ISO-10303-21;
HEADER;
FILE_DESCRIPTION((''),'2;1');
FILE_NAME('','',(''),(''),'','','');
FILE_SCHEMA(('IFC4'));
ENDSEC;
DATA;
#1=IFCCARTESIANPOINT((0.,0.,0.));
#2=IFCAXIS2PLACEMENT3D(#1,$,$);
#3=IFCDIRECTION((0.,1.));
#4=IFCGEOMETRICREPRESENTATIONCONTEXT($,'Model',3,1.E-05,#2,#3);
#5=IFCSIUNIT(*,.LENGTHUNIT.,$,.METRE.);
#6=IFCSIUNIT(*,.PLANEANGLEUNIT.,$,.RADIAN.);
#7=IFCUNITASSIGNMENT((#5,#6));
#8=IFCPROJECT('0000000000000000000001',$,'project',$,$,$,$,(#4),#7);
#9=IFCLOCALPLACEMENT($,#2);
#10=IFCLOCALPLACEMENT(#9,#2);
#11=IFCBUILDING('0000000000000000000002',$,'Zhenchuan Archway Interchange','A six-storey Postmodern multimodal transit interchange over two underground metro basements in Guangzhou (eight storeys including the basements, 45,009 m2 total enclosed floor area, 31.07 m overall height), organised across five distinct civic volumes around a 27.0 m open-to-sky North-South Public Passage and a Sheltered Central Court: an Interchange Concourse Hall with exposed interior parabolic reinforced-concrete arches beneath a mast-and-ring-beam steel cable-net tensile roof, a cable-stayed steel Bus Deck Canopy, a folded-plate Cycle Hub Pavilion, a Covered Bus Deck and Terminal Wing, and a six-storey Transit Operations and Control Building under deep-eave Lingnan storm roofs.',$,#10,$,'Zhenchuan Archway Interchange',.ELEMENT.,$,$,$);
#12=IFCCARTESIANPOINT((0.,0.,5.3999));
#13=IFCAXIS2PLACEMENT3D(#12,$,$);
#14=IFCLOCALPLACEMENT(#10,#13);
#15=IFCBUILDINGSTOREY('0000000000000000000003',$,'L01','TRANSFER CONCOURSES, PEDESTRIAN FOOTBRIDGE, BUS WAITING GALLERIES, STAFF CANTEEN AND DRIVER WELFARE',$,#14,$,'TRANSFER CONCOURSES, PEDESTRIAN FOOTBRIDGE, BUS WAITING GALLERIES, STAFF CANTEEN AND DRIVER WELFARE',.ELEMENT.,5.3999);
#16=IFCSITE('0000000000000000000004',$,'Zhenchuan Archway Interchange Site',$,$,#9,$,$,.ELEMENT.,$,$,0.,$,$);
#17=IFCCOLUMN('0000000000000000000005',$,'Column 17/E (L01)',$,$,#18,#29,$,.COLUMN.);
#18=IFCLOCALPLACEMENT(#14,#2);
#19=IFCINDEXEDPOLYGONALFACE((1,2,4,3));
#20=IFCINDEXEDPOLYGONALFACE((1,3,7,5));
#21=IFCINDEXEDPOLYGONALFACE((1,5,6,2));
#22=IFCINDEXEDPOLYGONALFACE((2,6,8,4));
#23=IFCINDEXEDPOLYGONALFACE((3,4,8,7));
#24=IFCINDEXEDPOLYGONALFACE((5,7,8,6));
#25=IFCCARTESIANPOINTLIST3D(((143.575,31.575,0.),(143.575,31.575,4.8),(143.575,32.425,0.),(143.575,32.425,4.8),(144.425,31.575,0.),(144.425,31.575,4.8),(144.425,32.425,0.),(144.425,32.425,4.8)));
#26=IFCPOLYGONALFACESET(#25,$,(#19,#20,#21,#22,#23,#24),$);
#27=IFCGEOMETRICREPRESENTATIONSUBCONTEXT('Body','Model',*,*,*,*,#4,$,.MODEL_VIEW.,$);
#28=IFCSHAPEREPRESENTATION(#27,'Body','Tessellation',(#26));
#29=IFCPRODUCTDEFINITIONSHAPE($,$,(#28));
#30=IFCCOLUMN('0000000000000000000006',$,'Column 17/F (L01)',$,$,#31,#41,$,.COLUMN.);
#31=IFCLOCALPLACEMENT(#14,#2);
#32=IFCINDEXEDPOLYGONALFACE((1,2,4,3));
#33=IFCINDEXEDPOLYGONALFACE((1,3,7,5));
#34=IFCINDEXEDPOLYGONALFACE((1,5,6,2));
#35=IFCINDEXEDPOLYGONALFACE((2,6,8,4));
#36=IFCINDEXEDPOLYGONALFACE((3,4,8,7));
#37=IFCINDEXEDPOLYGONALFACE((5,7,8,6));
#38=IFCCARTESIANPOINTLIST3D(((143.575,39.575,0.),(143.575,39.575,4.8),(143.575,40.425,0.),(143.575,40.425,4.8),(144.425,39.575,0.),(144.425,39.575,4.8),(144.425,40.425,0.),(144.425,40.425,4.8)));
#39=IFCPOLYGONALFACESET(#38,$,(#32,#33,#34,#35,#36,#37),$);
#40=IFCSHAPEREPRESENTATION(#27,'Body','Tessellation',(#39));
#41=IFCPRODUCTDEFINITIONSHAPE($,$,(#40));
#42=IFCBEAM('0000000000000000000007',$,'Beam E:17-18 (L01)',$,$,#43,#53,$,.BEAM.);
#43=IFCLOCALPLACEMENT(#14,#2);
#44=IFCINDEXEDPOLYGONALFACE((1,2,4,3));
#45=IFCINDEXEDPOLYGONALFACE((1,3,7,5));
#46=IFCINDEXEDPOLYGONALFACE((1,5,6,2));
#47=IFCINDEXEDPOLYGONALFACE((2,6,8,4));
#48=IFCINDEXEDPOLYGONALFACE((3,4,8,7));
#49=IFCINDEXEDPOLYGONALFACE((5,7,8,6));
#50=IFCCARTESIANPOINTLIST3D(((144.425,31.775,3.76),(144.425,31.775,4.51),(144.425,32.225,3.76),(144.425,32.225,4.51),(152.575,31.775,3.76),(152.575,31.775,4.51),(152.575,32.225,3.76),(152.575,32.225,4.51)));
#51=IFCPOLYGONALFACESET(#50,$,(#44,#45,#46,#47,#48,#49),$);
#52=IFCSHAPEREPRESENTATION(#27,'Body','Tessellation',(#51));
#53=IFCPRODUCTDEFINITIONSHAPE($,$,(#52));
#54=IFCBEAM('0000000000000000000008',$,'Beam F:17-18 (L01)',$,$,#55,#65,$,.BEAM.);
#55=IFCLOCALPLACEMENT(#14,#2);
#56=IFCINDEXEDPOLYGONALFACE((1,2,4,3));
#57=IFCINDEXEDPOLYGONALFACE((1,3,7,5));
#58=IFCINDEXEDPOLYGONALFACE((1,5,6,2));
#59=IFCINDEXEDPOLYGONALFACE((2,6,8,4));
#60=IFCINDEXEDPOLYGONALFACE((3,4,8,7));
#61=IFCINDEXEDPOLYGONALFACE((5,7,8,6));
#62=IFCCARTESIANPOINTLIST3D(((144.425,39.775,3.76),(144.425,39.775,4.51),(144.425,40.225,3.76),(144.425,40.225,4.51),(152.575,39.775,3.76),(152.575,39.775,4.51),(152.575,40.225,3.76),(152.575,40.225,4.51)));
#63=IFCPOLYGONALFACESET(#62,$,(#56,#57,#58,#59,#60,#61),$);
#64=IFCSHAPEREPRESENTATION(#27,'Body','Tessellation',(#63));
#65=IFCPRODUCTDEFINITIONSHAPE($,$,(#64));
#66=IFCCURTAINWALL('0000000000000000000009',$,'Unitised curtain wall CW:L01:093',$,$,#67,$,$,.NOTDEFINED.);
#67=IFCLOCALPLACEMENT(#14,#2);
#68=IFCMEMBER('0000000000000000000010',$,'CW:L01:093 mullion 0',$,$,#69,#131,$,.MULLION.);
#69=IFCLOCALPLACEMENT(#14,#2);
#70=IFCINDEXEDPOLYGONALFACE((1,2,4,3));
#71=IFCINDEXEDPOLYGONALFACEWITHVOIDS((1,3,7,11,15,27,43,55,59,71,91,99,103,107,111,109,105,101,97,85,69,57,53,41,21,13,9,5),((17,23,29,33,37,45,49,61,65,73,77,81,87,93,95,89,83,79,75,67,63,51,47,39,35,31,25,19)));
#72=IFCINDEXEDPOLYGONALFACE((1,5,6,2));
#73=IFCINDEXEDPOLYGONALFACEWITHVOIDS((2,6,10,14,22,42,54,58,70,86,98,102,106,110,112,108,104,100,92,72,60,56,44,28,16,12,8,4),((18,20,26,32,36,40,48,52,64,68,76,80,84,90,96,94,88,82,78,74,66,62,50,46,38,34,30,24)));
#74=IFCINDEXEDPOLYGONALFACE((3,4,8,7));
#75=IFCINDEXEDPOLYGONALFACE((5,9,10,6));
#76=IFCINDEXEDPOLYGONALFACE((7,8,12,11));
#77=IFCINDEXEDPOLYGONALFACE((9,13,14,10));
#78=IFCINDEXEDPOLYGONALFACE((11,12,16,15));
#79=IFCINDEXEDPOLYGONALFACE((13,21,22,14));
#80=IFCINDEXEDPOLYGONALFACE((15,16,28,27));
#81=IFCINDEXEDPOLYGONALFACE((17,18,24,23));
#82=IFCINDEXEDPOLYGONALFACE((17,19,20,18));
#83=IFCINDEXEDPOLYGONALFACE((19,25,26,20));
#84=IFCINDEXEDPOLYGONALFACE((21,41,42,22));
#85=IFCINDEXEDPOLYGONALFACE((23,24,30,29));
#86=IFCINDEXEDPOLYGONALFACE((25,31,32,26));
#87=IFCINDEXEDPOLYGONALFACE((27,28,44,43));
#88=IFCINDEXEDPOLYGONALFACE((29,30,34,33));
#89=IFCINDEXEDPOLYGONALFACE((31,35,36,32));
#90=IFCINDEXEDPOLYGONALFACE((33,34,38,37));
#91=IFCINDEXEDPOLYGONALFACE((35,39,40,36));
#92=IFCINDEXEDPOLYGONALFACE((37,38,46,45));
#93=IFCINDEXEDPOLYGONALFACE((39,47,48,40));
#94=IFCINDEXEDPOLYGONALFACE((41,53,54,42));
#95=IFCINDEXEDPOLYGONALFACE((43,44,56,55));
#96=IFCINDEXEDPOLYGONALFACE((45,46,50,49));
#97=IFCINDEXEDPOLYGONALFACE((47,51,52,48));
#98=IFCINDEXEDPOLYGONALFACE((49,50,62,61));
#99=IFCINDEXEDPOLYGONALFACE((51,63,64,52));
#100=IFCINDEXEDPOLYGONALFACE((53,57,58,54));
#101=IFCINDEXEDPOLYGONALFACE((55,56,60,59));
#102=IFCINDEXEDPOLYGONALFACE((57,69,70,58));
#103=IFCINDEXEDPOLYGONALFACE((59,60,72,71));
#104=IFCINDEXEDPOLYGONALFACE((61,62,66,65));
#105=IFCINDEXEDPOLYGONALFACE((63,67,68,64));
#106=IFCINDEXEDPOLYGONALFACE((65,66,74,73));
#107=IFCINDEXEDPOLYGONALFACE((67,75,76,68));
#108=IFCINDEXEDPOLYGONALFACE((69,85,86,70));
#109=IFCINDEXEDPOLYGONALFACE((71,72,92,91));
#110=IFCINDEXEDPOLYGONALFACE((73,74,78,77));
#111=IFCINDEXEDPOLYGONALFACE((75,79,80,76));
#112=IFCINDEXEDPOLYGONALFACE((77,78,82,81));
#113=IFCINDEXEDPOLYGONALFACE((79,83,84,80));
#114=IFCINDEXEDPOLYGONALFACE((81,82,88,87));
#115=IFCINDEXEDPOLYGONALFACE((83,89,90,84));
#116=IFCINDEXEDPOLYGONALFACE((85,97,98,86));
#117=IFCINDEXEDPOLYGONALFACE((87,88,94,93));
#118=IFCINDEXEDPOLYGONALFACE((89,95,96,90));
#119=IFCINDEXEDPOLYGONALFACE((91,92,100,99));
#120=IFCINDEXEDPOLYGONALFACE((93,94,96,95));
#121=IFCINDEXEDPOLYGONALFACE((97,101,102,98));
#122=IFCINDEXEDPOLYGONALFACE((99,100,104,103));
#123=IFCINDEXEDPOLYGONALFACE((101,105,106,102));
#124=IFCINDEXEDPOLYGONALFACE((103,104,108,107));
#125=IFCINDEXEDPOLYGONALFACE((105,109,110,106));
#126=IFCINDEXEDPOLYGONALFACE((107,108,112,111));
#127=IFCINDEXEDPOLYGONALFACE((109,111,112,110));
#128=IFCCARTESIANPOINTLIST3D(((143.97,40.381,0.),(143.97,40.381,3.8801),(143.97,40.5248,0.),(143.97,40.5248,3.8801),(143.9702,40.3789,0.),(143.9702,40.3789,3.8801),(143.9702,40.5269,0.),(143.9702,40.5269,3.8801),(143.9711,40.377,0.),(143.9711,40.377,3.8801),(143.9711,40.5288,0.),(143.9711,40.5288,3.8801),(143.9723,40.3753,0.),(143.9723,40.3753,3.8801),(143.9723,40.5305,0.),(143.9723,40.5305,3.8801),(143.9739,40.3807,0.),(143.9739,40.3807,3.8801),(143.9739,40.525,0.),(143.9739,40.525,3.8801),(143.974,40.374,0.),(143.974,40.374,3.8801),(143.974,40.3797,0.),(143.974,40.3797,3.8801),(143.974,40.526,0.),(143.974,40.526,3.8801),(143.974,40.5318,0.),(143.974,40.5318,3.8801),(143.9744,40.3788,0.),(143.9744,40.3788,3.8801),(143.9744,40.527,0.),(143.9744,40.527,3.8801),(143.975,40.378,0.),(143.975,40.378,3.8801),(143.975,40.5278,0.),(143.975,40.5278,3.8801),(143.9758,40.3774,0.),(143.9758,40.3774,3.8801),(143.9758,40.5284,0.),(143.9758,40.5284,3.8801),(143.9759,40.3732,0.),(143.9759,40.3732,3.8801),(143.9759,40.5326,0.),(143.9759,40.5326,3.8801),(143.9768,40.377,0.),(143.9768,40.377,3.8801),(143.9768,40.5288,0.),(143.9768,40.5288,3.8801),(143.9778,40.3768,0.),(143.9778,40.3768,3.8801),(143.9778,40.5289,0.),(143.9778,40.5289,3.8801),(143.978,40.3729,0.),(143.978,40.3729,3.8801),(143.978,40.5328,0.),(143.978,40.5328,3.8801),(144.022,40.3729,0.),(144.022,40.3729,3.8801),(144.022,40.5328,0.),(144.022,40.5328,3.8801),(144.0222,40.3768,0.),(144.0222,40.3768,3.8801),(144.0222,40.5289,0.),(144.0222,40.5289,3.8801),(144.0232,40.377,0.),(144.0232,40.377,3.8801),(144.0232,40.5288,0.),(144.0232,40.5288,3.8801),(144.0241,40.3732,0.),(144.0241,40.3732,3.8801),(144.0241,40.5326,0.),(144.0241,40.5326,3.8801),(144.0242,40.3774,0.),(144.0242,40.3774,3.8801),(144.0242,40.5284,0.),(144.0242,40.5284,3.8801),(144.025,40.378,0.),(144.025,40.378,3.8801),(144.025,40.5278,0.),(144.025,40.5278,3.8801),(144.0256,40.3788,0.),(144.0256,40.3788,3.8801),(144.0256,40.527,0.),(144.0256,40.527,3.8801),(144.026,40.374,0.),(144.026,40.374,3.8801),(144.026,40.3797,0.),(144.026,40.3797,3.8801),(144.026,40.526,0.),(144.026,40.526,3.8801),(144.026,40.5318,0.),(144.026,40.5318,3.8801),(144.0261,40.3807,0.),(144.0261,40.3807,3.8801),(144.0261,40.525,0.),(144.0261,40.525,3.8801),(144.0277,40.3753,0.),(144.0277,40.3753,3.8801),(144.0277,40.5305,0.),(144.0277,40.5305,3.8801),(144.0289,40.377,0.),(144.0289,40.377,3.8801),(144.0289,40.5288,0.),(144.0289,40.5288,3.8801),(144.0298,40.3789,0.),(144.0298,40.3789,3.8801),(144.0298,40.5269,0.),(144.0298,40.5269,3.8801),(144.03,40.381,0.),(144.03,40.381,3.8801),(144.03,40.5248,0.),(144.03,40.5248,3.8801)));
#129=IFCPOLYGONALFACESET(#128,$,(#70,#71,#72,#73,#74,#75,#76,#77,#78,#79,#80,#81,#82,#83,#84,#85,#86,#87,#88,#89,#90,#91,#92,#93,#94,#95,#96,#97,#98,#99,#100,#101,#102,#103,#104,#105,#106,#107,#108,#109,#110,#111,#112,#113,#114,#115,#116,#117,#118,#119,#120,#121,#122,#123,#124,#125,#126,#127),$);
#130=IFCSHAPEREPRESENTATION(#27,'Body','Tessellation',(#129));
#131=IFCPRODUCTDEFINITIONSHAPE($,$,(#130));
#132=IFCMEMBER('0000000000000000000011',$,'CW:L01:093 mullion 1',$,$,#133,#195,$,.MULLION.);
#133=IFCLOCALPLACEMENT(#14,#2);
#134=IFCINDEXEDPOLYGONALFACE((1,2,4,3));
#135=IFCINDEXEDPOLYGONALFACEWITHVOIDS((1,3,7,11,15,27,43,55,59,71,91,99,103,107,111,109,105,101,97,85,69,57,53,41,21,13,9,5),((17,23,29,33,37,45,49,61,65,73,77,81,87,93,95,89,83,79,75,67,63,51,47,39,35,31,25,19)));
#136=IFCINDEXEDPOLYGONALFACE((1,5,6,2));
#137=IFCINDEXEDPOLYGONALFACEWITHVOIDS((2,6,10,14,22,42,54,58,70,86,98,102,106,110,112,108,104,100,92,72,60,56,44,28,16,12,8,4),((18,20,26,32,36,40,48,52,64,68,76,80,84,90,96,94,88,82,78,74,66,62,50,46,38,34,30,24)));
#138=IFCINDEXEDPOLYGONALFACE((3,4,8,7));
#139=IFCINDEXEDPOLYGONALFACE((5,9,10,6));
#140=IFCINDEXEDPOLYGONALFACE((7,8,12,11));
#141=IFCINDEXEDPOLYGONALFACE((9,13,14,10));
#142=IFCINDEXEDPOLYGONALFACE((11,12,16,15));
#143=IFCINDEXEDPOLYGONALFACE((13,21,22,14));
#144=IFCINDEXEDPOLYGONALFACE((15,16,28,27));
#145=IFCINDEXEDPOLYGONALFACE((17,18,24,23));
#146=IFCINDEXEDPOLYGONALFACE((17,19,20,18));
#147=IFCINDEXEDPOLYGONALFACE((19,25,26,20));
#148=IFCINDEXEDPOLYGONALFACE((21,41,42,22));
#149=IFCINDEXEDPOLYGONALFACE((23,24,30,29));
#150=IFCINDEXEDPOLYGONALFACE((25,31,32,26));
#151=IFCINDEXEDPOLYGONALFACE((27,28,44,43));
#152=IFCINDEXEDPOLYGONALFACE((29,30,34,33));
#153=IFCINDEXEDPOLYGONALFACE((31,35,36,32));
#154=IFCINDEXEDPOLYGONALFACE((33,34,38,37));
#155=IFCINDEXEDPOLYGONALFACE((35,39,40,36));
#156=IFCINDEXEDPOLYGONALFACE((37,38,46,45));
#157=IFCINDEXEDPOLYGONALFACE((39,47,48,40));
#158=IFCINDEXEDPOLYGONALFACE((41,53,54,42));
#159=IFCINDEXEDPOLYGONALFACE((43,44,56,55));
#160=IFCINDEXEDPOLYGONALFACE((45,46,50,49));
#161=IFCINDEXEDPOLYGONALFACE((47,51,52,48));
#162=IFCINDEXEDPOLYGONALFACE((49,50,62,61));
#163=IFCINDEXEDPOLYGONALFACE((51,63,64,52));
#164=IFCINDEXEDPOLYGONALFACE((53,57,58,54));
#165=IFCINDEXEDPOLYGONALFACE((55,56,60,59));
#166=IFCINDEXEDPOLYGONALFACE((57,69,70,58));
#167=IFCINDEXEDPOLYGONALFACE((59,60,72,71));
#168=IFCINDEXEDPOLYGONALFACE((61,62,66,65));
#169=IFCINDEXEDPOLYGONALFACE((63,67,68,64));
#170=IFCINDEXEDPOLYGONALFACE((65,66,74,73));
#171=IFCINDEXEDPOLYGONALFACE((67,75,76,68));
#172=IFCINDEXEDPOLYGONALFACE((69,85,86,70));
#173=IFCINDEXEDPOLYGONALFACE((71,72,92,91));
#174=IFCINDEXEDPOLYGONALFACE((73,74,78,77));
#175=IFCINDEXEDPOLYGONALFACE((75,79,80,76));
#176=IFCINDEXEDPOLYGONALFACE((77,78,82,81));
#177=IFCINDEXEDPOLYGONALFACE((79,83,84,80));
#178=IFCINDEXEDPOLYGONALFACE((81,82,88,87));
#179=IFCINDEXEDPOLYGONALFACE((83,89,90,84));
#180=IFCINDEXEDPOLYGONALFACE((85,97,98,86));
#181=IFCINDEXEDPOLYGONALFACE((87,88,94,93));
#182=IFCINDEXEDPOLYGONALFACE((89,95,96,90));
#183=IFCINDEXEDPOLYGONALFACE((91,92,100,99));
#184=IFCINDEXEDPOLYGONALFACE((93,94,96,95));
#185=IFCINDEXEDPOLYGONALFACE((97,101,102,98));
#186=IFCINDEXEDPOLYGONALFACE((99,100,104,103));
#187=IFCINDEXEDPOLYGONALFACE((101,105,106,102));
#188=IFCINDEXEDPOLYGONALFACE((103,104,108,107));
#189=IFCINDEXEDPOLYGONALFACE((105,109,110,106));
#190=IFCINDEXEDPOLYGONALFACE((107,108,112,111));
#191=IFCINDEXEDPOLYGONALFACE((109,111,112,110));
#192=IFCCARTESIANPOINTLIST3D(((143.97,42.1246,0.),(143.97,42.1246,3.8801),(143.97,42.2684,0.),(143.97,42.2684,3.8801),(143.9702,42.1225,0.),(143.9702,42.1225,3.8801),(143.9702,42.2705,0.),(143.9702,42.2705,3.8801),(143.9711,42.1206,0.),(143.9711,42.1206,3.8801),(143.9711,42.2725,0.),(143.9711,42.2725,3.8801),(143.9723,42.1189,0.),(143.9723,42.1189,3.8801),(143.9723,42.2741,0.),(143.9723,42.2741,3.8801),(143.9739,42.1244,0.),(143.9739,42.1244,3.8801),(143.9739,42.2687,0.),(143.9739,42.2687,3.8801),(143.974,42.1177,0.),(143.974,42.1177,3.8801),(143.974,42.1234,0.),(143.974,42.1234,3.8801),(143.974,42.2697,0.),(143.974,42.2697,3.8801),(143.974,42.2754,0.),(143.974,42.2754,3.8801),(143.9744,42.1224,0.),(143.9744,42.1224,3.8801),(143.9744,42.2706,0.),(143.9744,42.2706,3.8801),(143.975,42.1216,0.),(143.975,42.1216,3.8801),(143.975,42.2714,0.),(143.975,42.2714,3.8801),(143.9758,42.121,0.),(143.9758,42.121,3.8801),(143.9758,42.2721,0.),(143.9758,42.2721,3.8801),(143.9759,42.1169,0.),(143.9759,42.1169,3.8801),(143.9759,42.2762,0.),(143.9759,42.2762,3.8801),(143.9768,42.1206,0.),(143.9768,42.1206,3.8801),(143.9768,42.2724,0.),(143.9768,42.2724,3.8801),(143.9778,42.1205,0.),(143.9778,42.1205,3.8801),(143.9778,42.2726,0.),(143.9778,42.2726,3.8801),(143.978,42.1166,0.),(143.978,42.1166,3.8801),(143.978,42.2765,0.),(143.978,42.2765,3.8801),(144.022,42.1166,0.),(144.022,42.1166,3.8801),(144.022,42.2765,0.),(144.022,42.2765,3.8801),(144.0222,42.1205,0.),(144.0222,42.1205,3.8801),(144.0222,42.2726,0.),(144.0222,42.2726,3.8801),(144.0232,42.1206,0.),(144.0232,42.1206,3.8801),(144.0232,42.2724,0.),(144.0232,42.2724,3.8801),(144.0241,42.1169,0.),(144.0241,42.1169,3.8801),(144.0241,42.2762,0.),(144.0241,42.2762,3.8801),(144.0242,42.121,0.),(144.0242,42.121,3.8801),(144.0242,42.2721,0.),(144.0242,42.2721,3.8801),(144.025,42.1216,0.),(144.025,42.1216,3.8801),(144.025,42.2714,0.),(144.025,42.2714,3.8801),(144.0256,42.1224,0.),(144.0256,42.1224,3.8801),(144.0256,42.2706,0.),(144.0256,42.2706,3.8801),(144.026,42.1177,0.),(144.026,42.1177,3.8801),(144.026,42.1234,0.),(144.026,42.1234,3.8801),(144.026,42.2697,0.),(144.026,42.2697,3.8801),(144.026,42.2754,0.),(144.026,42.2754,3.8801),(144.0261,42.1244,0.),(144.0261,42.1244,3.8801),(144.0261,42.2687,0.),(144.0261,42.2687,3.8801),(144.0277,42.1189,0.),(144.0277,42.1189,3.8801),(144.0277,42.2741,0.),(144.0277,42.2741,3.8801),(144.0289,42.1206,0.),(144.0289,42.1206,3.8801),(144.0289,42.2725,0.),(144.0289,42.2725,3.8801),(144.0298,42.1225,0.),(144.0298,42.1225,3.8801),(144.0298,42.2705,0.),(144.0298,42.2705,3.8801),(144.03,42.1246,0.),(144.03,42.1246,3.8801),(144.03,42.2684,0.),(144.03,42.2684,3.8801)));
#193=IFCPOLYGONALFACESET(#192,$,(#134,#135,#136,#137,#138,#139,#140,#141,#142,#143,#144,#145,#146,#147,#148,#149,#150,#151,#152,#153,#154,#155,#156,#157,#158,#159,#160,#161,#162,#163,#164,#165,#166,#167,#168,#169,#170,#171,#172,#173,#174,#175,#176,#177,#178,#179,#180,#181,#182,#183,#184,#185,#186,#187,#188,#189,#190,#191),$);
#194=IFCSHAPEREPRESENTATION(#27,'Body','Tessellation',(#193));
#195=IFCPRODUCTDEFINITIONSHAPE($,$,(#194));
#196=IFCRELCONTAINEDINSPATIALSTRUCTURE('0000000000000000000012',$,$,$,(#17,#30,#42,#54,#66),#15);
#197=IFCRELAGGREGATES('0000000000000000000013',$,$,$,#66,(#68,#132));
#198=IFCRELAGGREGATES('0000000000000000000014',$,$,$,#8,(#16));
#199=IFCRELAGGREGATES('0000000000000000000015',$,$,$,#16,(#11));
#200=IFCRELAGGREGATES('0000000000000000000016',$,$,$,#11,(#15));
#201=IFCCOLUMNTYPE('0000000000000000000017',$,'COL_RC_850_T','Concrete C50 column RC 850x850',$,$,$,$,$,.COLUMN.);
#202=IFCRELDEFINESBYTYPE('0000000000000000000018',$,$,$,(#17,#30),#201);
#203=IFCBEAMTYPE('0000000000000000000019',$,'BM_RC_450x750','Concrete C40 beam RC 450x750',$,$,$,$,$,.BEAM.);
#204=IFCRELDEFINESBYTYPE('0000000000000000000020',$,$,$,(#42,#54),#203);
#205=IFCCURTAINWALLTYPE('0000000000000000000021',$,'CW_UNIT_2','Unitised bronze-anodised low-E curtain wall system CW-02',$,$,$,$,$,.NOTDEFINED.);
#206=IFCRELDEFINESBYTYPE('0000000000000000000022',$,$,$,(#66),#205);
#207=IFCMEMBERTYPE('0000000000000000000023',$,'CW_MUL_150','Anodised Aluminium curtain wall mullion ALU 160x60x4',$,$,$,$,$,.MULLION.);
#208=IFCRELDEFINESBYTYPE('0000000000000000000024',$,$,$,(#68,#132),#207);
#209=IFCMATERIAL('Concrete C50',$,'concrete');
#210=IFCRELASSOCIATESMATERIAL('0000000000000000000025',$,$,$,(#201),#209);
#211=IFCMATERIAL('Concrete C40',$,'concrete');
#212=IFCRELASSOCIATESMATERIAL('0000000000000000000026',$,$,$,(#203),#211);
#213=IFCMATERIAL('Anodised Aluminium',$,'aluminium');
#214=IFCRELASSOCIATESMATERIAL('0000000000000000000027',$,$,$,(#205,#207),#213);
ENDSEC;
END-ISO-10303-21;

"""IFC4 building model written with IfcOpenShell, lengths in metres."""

from ifc_helpers import new_model, si_unit, direction, frame, origin, origin_2d, place, context, subcontext, project, spatial, rectangle, hollow_rectangle, extrude, material, material_profile, profile_set, type_object, element, aggregate, save


model = new_model("IFC4")

# Units and contexts
model_context = context("Model", 3, precision=1e-05, world=origin(), true_north=direction((0.0, 1.0)))
body_context = subcontext(model_context, "Body", "Model", "MODEL_VIEW")
ifc_project = project(units=[si_unit("LENGTHUNIT", "METRE"), si_unit("PLANEANGLEUNIT", "RADIAN")], contexts=[model_context])

# Site, building, storey
site_placement = place(None, origin())
site = spatial("IfcSite", under=ifc_project, at=site_placement, Name="Zhenchuan Archway Interchange Site", CompositionType="ELEMENT", RefElevation=0.0)
building_placement = place(site_placement, origin())
building = spatial("IfcBuilding", under=site, at=building_placement, Name="Zhenchuan Archway Interchange", Description="A six-storey Postmodern multimodal transit interchange over two underground metro basements in Guangzhou (eight storeys including the basements, 45,009 m2 total enclosed floor area, 31.07 m overall height), organised across five distinct civic volumes around a 27.0 m open-to-sky North-South Public Passage and a Sheltered Central Court: an Interchange Concourse Hall with exposed interior parabolic reinforced-concrete arches beneath a mast-and-ring-beam steel cable-net tensile roof, a cable-stayed steel Bus Deck Canopy, a folded-plate Cycle Hub Pavilion, a Covered Bus Deck and Terminal Wing, and a six-storey Transit Operations and Control Building under deep-eave Lingnan storm roofs.", LongName="Zhenchuan Archway Interchange", CompositionType="ELEMENT")
storey_placement = place(building_placement, frame((0.0, 0.0, 5.3999)))
storey = spatial("IfcBuildingStorey", under=building, at=storey_placement, Name="L01", Description="TRANSFER CONCOURSES, PEDESTRIAN FOOTBRIDGE, BUS WAITING GALLERIES, STAFF CANTEEN AND DRIVER WELFARE", LongName="TRANSFER CONCOURSES, PEDESTRIAN FOOTBRIDGE, BUS WAITING GALLERIES, STAFF CANTEEN AND DRIVER WELFARE", CompositionType="ELEMENT", Elevation=5.3999)

# Columns
ifc_material_1 = material(Name="Concrete C50", Category="concrete")
ifc_material_profile_1 = material_profile(ifc_material_1, rectangle(XDim=0.8501, YDim=0.8501, at=origin_2d()), Name="RC 850x850")
ifc_profile_set_1 = profile_set([ifc_material_profile_1], Name="Concrete C50")
column_type = type_object("IfcColumnType", Name="COL_RC_850_T", Description="Concrete C50 column RC 850x850", PredefinedType="COLUMN", material=ifc_profile_set_1)
for number, where, z_axis, x_axis, name in (
    (1, (144.0, 32.0, 0.0), (0.0, 0.0, 1.0), (1.0, 0.0, 0.0), "Column 17/E (L01)"),
    (2, (144.0, 40.0, 0.0), (0.0, 0.0, 1.0), (1.0, 0.0, 0.0), "Column 17/F (L01)"),
):
    element("IfcColumn", number, at=place(storey_placement, frame(where, z_axis=z_axis, x_axis=x_axis)), inside=storey, type_object=column_type, Name=name, PredefinedType="COLUMN", context=body_context, shape_type="SweptSolid", body=[
        extrude(rectangle(XDim=0.8501, YDim=0.8501, at=origin_2d()), origin(), (0.0, 0.0, 1.0), 4.8),
    ])

# Beams
ifc_material_2 = material(Name="Concrete C40", Category="concrete")
ifc_material_profile_2 = material_profile(ifc_material_2, rectangle(XDim=0.45, YDim=0.75, at=origin_2d()), Name="RC 450x750")
ifc_profile_set_2 = profile_set([ifc_material_profile_2], Name="Concrete C40")
beam_type_1 = type_object("IfcBeamType", Name="BM_RC_450x750", Description="Concrete C40 beam RC 450x750", PredefinedType="BEAM", material=ifc_profile_set_2)
for number, where, z_axis, x_axis, name in (
    (3, (144.425, 32.0, 4.135), (1.0, 0.0, 0.0), (0.0, 1.0, 0.0), "Beam E:17-18 (L01)"),
    (4, (144.425, 40.0, 4.135), (1.0, 0.0, 0.0), (0.0, 1.0, 0.0), "Beam F:17-18 (L01)"),
):
    element("IfcBeam", number, at=place(storey_placement, frame(where, z_axis=z_axis, x_axis=x_axis)), inside=storey, type_object=beam_type_1, Name=name, PredefinedType="BEAM", context=body_context, shape_type="SweptSolid", body=[
        extrude(rectangle(XDim=0.45, YDim=0.75, at=origin_2d()), origin(), (0.0, 0.0, 1.0), 8.1499),
    ])

# Curtain wall, members
ifc_material_3 = material(Name="Anodised Aluminium", Category="aluminium")
curtain_wall_type = type_object("IfcCurtainWallType", Name="CW_UNIT_2", Description="Unitised bronze-anodised low-E curtain wall system CW-02", PredefinedType="NOTDEFINED", material=ifc_material_3)
curtain_wall_placement = place(storey_placement, origin())
curtain_wall = element("IfcCurtainWall", 5, at=curtain_wall_placement, inside=storey, type_object=curtain_wall_type, Name="Unitised curtain wall CW:L01:093", PredefinedType="NOTDEFINED")
ifc_material_profile_3 = material_profile(ifc_material_3, hollow_rectangle(XDim=0.0601, YDim=0.1599, WallThickness=0.0039, InnerFilletRadius=0.0039, OuterFilletRadius=0.0081, at=origin_2d()), Name="ALU 160x60x4")
ifc_profile_set_3 = profile_set([ifc_material_profile_3], Name="Anodised Aluminium")
member_type_1 = type_object("IfcMemberType", Name="CW_MUL_150", Description="Anodised Aluminium curtain wall mullion ALU 160x60x4", PredefinedType="MULLION", material=ifc_profile_set_3)
member_1_placement = place(storey_placement, frame((144.0, 40.4529, 0.0), z_axis=(0.0, 0.0, 1.0), x_axis=(1.0, 0.0, 0.0)))
member_1 = element("IfcMember", 6, at=member_1_placement, type_object=member_type_1, Name="CW:L01:093 mullion 0", PredefinedType="MULLION", context=body_context, shape_type="SweptSolid", body=[
    extrude(hollow_rectangle(XDim=0.0601, YDim=0.1599, WallThickness=0.0039, InnerFilletRadius=0.0039, OuterFilletRadius=0.0081, at=origin_2d()), origin(), (0.0, 0.0, 1.0), 3.8801),
])
member_2_placement = place(storey_placement, frame((144.0, 42.1965, 0.0), z_axis=(0.0, 0.0, 1.0), x_axis=(1.0, 0.0, 0.0)))
member_2 = element("IfcMember", 7, at=member_2_placement, type_object=member_type_1, Name="CW:L01:093 mullion 1", PredefinedType="MULLION", context=body_context, shape_type="SweptSolid", body=[
    extrude(hollow_rectangle(XDim=0.0601, YDim=0.1599, WallThickness=0.0039, InnerFilletRadius=0.0039, OuterFilletRadius=0.0081, at=origin_2d()), origin(), (0.0, 0.0, 1.0), 3.8801),
])

aggregate(curtain_wall, [member_1, member_2])

save(model, "model.ifc")
